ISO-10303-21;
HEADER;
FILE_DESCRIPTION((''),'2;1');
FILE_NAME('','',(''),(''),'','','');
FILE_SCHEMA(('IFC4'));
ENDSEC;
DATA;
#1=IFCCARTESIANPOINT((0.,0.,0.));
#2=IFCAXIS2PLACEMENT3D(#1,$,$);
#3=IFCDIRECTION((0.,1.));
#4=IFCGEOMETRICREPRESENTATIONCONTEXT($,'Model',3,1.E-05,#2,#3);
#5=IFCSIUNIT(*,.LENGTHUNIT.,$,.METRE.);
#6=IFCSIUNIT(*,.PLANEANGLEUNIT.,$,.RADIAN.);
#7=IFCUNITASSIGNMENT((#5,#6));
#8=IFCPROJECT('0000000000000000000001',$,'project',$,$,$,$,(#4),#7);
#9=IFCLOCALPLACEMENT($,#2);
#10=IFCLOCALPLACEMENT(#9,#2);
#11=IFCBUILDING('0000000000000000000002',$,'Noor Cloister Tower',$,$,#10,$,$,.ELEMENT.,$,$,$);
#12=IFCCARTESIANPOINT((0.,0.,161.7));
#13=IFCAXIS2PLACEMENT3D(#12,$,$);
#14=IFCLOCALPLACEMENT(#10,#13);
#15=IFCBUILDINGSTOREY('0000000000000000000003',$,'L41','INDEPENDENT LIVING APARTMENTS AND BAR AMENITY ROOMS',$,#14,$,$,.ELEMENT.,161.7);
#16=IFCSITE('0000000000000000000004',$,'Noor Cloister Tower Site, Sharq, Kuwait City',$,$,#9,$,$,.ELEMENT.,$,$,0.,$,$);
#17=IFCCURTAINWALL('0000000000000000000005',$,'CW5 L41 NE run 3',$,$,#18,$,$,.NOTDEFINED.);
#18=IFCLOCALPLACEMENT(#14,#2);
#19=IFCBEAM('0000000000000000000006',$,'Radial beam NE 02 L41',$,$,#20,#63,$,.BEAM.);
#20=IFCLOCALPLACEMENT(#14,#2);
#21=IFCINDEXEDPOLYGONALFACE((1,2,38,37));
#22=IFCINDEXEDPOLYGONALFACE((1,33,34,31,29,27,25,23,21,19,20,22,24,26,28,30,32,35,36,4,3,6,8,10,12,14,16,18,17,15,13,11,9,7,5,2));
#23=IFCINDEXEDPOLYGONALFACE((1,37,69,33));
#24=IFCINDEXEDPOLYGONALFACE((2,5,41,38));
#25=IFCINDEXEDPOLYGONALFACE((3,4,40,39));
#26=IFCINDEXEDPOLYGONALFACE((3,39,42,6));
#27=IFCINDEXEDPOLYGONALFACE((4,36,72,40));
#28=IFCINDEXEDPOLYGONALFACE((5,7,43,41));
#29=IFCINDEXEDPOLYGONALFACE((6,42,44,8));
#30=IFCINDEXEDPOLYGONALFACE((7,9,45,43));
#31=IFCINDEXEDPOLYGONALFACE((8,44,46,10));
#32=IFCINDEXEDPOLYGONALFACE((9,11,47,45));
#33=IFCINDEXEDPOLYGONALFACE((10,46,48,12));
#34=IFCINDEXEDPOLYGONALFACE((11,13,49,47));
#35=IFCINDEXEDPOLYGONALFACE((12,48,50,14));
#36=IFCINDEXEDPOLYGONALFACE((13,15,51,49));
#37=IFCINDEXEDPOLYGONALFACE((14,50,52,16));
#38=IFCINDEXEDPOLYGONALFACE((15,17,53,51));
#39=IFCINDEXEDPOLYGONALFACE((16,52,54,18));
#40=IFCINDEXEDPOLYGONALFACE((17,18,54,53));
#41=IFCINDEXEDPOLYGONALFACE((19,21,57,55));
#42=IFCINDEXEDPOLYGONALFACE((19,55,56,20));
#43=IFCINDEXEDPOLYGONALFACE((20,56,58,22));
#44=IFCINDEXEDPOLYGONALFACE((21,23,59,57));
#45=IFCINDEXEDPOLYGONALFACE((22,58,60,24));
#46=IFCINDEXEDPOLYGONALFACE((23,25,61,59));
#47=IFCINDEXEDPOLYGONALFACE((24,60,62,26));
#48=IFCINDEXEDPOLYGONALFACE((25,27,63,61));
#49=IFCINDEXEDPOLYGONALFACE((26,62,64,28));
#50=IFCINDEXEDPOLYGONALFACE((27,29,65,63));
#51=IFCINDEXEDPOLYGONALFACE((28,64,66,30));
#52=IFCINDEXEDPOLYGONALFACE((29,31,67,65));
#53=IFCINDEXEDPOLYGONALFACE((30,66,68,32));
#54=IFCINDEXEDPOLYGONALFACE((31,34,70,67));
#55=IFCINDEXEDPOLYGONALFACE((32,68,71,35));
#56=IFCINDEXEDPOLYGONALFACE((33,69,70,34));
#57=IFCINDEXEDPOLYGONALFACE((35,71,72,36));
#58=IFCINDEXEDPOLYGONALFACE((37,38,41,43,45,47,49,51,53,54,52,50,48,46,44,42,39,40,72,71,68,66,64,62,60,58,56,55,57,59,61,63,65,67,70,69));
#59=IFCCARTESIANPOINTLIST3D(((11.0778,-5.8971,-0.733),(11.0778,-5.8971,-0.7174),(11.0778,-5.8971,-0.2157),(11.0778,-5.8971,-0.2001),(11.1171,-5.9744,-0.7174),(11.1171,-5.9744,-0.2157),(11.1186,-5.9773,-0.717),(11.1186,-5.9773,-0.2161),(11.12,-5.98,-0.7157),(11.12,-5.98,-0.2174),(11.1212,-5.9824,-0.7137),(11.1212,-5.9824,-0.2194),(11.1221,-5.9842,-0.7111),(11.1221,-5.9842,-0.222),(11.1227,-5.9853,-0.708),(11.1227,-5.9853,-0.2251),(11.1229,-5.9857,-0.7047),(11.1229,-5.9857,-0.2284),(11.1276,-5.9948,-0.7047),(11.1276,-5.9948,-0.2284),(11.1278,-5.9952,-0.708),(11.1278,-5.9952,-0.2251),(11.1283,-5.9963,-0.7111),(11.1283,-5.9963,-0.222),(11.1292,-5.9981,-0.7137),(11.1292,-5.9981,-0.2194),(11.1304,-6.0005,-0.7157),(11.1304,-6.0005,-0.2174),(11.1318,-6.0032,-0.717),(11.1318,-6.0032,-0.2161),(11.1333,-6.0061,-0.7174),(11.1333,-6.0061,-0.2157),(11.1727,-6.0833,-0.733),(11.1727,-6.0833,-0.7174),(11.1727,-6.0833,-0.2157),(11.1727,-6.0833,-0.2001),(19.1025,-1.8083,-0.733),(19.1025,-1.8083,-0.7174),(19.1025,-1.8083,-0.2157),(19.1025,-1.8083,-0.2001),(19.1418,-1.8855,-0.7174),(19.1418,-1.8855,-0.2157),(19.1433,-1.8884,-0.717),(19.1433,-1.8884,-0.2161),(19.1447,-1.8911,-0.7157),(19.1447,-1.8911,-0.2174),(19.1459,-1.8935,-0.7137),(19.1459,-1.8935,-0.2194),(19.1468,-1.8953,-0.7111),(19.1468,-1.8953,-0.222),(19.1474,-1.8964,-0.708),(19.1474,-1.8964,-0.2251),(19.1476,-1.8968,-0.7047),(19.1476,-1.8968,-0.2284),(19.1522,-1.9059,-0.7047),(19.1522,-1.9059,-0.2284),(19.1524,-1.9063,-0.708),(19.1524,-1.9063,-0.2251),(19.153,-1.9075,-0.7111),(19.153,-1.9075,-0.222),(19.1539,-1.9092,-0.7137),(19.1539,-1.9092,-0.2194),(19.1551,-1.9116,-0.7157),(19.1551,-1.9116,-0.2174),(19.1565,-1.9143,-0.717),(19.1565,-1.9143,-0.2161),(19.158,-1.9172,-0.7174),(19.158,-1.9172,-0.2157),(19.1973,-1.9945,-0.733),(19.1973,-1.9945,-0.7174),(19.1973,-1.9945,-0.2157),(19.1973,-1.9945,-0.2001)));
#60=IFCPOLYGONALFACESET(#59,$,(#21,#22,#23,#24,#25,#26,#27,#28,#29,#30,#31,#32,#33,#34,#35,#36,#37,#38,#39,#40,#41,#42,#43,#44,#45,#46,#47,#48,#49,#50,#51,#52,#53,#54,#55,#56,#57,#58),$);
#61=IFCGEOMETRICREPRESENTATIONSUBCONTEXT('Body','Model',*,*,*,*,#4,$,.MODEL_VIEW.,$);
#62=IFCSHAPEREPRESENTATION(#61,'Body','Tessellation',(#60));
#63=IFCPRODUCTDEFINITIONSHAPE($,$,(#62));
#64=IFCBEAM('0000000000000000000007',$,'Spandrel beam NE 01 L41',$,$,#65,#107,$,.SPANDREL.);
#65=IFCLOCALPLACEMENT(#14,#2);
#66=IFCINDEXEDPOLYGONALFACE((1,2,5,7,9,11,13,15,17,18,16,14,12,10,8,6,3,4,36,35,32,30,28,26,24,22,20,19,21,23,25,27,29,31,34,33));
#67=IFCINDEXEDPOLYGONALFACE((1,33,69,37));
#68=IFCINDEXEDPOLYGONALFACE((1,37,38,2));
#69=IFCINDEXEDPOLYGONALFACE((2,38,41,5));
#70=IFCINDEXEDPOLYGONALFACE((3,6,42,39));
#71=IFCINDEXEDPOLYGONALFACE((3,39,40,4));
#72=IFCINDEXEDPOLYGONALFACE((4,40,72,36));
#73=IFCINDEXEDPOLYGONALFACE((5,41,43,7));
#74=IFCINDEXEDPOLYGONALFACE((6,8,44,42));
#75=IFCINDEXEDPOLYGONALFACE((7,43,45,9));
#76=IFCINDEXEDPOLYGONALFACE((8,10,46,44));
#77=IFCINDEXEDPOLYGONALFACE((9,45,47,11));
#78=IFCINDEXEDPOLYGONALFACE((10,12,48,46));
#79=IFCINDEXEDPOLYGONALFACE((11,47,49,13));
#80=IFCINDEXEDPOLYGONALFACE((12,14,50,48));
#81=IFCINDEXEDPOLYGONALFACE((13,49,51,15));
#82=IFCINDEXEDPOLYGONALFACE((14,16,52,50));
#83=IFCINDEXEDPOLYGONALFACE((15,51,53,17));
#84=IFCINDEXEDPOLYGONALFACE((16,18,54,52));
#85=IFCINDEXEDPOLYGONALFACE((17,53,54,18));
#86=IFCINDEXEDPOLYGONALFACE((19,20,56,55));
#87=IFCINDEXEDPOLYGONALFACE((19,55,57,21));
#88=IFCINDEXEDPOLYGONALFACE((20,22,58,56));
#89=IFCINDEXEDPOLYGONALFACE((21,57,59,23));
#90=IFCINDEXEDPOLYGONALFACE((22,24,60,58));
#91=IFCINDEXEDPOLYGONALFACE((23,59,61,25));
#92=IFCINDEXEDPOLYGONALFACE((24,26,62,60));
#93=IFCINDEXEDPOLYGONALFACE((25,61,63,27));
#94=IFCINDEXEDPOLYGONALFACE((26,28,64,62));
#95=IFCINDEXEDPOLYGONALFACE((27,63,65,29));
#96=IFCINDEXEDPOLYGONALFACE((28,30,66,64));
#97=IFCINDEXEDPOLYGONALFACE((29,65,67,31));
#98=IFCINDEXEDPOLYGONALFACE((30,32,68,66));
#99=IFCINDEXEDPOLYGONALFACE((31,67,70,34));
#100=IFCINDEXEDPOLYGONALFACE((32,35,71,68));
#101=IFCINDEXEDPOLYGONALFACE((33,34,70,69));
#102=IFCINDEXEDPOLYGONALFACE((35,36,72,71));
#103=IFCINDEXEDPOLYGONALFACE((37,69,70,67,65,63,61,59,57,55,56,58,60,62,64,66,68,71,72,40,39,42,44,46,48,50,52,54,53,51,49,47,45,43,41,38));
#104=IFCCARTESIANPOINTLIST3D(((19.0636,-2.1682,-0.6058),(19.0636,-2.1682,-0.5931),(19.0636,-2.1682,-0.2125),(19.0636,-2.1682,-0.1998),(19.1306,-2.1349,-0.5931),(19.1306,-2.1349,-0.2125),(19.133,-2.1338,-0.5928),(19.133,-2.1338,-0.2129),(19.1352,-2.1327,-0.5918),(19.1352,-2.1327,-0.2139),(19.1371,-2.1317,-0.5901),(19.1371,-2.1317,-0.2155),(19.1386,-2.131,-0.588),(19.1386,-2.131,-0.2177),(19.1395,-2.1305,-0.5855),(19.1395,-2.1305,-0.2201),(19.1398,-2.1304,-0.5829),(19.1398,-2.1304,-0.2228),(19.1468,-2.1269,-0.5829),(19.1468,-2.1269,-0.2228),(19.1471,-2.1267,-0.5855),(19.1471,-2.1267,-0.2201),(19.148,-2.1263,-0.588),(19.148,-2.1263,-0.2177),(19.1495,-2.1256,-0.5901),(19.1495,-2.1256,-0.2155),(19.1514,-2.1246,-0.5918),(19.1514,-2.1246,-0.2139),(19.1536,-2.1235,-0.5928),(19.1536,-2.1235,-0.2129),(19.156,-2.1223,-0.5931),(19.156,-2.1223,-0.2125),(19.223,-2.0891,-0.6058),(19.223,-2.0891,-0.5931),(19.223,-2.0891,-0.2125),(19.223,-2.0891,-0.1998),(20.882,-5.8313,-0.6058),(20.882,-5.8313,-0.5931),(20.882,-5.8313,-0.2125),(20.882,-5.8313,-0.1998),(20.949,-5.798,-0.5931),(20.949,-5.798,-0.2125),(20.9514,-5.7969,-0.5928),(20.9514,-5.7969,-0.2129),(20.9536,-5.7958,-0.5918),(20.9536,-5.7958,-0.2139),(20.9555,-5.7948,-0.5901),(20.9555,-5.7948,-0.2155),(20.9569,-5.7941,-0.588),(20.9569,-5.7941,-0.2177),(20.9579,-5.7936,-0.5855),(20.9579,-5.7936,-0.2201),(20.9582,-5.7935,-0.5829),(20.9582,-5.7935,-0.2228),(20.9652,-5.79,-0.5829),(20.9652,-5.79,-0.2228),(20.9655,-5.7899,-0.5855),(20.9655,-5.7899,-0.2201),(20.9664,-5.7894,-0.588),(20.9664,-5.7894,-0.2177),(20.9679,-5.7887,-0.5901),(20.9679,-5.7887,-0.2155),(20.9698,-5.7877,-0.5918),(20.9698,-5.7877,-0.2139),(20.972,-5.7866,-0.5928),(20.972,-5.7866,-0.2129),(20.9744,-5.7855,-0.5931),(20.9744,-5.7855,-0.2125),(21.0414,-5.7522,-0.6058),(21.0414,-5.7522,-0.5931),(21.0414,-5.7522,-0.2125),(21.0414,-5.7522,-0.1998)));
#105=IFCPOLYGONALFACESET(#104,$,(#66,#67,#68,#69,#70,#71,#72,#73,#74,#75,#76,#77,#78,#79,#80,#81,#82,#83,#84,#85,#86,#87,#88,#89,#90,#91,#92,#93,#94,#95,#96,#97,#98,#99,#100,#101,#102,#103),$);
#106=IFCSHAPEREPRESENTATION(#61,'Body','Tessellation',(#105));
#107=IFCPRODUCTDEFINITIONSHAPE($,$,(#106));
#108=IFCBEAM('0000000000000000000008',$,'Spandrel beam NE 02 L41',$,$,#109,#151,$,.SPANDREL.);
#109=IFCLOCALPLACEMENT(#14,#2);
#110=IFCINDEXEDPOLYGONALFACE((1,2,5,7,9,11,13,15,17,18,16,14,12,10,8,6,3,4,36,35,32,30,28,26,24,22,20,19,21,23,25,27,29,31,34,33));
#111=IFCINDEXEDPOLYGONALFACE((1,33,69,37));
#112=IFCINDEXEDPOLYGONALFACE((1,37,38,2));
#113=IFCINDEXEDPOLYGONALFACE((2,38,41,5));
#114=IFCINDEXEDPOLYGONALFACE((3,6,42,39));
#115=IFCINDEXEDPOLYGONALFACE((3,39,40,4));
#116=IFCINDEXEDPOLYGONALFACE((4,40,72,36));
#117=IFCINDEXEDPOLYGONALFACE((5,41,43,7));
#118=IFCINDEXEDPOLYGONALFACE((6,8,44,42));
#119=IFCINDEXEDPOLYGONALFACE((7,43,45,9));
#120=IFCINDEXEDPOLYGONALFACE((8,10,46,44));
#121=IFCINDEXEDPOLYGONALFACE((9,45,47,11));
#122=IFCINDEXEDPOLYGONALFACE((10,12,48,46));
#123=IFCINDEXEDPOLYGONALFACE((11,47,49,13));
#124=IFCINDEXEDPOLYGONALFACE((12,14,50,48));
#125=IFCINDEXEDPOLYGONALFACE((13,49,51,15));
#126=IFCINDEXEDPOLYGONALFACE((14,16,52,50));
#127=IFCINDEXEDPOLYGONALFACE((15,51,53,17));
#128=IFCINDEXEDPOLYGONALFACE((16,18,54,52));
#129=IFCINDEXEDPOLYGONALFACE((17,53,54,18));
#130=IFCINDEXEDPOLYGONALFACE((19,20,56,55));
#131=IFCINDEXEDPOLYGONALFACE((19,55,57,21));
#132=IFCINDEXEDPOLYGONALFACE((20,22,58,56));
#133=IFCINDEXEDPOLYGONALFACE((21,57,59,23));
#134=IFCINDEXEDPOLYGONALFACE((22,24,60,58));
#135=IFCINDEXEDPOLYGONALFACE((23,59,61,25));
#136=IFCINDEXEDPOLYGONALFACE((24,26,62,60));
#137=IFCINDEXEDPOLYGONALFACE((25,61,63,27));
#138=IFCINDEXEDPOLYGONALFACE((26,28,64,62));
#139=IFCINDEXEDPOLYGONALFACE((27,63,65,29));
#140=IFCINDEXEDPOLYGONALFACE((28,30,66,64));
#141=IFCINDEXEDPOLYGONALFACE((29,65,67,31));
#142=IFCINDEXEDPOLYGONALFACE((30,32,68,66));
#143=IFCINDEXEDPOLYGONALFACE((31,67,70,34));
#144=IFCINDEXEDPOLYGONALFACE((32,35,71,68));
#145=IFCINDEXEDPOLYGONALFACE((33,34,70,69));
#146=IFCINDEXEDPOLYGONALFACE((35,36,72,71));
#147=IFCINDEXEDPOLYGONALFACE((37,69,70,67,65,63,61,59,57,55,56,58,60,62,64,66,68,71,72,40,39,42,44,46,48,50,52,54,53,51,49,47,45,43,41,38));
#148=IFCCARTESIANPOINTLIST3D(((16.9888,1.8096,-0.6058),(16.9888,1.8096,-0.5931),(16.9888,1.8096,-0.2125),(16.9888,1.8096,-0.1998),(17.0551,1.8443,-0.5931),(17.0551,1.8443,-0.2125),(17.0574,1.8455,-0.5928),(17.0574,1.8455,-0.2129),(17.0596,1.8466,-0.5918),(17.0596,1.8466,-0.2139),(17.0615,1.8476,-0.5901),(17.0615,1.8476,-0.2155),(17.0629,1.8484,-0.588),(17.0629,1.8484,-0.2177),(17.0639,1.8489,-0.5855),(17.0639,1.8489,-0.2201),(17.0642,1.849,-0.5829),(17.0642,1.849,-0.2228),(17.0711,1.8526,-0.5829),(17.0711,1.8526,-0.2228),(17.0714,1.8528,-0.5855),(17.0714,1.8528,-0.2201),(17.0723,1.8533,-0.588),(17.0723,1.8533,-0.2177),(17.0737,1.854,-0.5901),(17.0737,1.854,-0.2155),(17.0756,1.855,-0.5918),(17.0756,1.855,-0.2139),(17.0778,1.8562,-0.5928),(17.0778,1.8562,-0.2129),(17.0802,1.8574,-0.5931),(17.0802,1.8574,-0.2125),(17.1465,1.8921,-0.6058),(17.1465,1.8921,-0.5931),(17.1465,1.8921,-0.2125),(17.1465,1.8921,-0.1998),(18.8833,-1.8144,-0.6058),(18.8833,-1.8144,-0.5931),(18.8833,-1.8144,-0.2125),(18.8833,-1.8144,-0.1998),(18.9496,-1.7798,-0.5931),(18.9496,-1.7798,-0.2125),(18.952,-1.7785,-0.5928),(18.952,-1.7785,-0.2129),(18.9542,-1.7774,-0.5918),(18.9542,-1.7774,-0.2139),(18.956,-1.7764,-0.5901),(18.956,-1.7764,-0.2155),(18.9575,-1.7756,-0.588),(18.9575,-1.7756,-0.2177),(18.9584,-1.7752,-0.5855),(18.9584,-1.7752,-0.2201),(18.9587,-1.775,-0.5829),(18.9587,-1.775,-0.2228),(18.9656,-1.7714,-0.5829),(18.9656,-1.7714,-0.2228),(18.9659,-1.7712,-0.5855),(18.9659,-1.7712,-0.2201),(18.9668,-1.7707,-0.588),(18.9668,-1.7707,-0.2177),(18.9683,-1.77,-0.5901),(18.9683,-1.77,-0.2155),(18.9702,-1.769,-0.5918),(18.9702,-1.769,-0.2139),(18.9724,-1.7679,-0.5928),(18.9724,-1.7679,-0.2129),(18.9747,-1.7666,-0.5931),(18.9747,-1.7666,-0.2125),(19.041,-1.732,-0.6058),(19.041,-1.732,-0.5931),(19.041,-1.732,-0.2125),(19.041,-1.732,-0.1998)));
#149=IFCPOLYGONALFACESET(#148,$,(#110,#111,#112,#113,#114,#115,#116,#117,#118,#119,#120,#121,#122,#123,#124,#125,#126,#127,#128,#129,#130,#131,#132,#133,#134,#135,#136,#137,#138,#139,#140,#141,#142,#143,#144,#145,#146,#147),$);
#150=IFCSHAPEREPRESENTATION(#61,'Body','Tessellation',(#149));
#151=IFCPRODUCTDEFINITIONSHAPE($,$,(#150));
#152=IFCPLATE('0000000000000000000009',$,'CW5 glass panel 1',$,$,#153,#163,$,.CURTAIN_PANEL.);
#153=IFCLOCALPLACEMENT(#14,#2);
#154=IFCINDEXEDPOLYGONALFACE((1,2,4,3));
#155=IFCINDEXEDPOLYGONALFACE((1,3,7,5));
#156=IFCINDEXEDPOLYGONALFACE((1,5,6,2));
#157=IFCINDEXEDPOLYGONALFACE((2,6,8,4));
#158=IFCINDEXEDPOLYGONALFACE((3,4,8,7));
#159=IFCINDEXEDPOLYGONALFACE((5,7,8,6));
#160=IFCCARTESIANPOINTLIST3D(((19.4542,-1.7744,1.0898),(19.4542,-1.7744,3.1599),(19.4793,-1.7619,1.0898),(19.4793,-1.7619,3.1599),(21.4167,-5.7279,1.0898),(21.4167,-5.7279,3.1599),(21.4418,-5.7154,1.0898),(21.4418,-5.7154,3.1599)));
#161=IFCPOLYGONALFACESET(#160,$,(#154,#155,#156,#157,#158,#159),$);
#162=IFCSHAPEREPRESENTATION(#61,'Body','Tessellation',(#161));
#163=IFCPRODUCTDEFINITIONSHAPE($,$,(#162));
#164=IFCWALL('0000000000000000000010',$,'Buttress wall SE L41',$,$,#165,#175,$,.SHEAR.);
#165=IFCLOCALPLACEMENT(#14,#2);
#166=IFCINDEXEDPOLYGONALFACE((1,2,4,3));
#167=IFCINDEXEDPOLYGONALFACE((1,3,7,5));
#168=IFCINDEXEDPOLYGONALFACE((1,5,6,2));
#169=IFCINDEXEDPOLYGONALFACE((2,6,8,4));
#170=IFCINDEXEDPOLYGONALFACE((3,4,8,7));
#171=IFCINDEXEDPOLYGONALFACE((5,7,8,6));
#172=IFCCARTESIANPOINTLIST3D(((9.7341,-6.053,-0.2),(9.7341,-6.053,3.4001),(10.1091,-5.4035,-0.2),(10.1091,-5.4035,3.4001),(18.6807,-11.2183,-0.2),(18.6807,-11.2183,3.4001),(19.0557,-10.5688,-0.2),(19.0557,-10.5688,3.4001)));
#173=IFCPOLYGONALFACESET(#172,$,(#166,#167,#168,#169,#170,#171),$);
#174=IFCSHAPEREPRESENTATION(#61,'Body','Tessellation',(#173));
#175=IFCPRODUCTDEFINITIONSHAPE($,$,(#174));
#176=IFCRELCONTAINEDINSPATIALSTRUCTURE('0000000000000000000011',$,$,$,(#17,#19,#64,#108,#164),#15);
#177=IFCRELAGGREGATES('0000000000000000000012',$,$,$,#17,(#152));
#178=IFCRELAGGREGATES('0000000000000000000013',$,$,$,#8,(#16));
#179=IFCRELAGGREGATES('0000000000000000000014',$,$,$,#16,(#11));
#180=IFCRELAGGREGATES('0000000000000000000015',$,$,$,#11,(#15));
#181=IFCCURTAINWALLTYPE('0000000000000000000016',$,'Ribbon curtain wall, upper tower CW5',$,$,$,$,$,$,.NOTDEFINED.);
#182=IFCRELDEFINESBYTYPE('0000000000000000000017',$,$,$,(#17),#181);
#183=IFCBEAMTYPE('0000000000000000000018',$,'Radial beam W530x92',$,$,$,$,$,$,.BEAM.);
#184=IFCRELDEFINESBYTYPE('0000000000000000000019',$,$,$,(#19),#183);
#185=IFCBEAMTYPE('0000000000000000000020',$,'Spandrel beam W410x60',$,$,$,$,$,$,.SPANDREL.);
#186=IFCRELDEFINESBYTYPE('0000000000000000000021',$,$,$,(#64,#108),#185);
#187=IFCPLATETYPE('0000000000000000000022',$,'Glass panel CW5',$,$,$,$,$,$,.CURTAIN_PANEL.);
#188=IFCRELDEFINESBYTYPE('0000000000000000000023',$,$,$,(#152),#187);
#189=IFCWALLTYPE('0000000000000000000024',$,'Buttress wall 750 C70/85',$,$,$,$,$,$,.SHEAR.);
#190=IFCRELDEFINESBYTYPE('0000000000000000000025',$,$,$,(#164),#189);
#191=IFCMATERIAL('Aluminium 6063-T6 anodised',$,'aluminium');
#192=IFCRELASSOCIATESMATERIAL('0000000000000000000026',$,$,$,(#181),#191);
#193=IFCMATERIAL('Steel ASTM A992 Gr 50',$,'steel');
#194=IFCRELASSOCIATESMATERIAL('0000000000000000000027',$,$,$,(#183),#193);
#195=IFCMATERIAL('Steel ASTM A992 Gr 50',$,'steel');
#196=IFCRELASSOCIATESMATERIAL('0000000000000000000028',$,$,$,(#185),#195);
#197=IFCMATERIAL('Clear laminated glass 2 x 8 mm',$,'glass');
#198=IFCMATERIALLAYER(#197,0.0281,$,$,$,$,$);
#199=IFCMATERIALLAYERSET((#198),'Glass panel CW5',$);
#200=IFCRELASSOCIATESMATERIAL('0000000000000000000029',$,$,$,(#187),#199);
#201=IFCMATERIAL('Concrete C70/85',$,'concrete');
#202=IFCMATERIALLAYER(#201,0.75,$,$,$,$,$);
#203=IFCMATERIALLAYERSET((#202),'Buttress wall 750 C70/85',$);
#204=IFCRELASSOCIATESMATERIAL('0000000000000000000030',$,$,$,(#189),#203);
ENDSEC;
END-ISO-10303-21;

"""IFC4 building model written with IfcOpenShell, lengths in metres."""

from ifc_helpers import new_model, si_unit, direction, frame, frame_2d, origin, origin_2d, place, context, subcontext, project, spatial, rectangle, i_section, extrude, material, layer, layer_set, material_profile, profile_set, type_object, element, aggregate, save


model = new_model("IFC4")

# Units and contexts
model_context = context("Model", 3, precision=1e-05, world=origin(), true_north=direction((0.0, 1.0)))
body_context = subcontext(model_context, "Body", "Model", "MODEL_VIEW")
ifc_project = project(units=[si_unit("LENGTHUNIT", "METRE"), si_unit("PLANEANGLEUNIT", "RADIAN")], contexts=[model_context])

# Site, building, storey
site_placement = place(None, origin())
site = spatial("IfcSite", under=ifc_project, at=site_placement, Name="Noor Cloister Tower Site, Sharq, Kuwait City", CompositionType="ELEMENT", RefElevation=0.0)
building_placement = place(site_placement, origin())
building = spatial("IfcBuilding", under=site, at=building_placement, Name="Noor Cloister Tower", CompositionType="ELEMENT")
storey_placement = place(building_placement, frame((0.0, 0.0, 161.7)))
storey = spatial("IfcBuildingStorey", under=building, at=storey_placement, Name="L41", Description="INDEPENDENT LIVING APARTMENTS AND BAR AMENITY ROOMS", CompositionType="ELEMENT", Elevation=161.7)

# Curtain wall
ifc_material_1 = material(Name="Aluminium 6063-T6 anodised", Category="aluminium")
curtain_wall_type = type_object("IfcCurtainWallType", Name="Ribbon curtain wall, upper tower CW5", PredefinedType="NOTDEFINED", material=ifc_material_1)
curtain_wall_placement = place(storey_placement, origin())
curtain_wall = element("IfcCurtainWall", 1, at=curtain_wall_placement, inside=storey, type_object=curtain_wall_type, Name="CW5 L41 NE run 3", PredefinedType="NOTDEFINED")

# Beams
ifc_material_2 = material(Name="Steel ASTM A992 Gr 50", Category="steel")
ifc_material_profile_1 = material_profile(ifc_material_2, i_section(OverallWidth=0.209, OverallDepth=0.533, WebThickness=0.0103, FlangeThickness=0.0156, FilletRadius=0.0127, at=origin_2d()), Name="W530x92")
ifc_profile_set_1 = profile_set([ifc_material_profile_1], Name="Steel ASTM A992 Gr 50")
beam_type_1 = type_object("IfcBeamType", Name="Radial beam W530x92", PredefinedType="BEAM", material=ifc_profile_set_1)
beam_1_placement = place(storey_placement, frame((19.1499, -1.9014, -0.4666), z_axis=(-0.891002, -0.453999, 0.0), x_axis=(0.453999, -0.891002, 0.0)))
element("IfcBeam", 2, at=beam_1_placement, inside=storey, type_object=beam_type_1, Name="Radial beam NE 02 L41", PredefinedType="BEAM", context=body_context, shape_type="SweptSolid", body=[
    extrude(i_section(OverallWidth=0.209, OverallDepth=0.533, WebThickness=0.0103, FlangeThickness=0.0156, FilletRadius=0.0127, at=origin_2d()), origin(), (0.0, 0.0, 1.0), 9.0063),
])
ifc_material_3 = material(Name="Steel ASTM A992 Gr 50", Category="steel")
ifc_material_profile_2 = material_profile(ifc_material_3, i_section(OverallWidth=0.178, OverallDepth=0.406, WebThickness=0.0078, FlangeThickness=0.0127, FilletRadius=0.0103, at=origin_2d()), Name="W410x60")
ifc_profile_set_2 = profile_set([ifc_material_profile_2], Name="Steel ASTM A992 Gr 50")
beam_type_2 = type_object("IfcBeamType", Name="Spandrel beam W410x60", PredefinedType="SPANDREL", material=ifc_profile_set_2)
beam_2_placement = place(storey_placement, frame((20.9617, -5.7917, -0.4028), z_axis=(-0.444633, 0.895713, 0.0), x_axis=(-0.895713, -0.444633, 0.0)))
element("IfcBeam", 3, at=beam_2_placement, inside=storey, type_object=beam_type_2, Name="Spandrel beam NE 01 L41", PredefinedType="SPANDREL", context=body_context, shape_type="SweptSolid", body=[
    extrude(i_section(OverallWidth=0.178, OverallDepth=0.406, WebThickness=0.0078, FlangeThickness=0.0127, FilletRadius=0.0103, at=origin_2d()), origin(), (0.0, 0.0, 1.0), 4.0896),
])
beam_3_placement = place(storey_placement, frame((18.9622, -1.7732, -0.4028), z_axis=(-0.463284, 0.88621, 0.0), x_axis=(-0.88621, -0.463284, 0.0)))
element("IfcBeam", 4, at=beam_3_placement, inside=storey, type_object=beam_type_2, Name="Spandrel beam NE 02 L41", PredefinedType="SPANDREL", context=body_context, shape_type="SweptSolid", body=[
    extrude(i_section(OverallWidth=0.178, OverallDepth=0.406, WebThickness=0.0078, FlangeThickness=0.0127, FilletRadius=0.0103, at=origin_2d()), origin(), (0.0, 0.0, 1.0), 4.0894),
])

# Plate
ifc_material_4 = material(Name="Clear laminated glass 2 x 8 mm", Category="glass")
ifc_layer_1 = layer(ifc_material_4, 0.0281)
ifc_layer_set_1 = layer_set([ifc_layer_1], Name="Glass panel CW5")
plate_type = type_object("IfcPlateType", Name="Glass panel CW5", PredefinedType="CURTAIN_PANEL", material=ifc_layer_set_1)
plate_placement = place(storey_placement, frame((20.448, -3.7449, 1.0898), z_axis=(0.0, 0.0, 1.0), x_axis=(-0.444629, 0.895715, 0.0)))
plate = element("IfcPlate", 5, at=plate_placement, type_object=plate_type, Name="CW5 glass panel 1", PredefinedType="CURTAIN_PANEL", context=body_context, shape_type="SweptSolid", body=[
    extrude(rectangle(XDim=4.4138, YDim=0.0281, at=origin_2d()), origin(), (0.0, 0.0, 1.0), 2.0701),
])
aggregate(curtain_wall, [plate])

# Wall
ifc_material_5 = material(Name="Concrete C70/85", Category="concrete")
ifc_layer_2 = layer(ifc_material_5, 0.75)
ifc_layer_set_2 = layer_set([ifc_layer_2], Name="Buttress wall 750 C70/85")
wall_type_1 = type_object("IfcWallType", Name="Buttress wall 750 C70/85", PredefinedType="SHEAR", material=ifc_layer_set_2)
wall_1_placement = place(storey_placement, frame((9.9216, -5.7283, -0.2), z_axis=(0.0, 0.0, 1.0), x_axis=(0.866025, -0.5, 0.0)))
element("IfcWall", 6, at=wall_1_placement, inside=storey, type_object=wall_type_1, Name="Buttress wall SE L41", PredefinedType="SHEAR", context=body_context, shape_type="SweptSolid", body=[
    extrude(rectangle(XDim=10.3306, YDim=0.75, at=frame_2d((5.1653, 0.0))), origin(), (0.0, 0.0, 1.0), 3.6001),
])

save(model, "model.ifc")
